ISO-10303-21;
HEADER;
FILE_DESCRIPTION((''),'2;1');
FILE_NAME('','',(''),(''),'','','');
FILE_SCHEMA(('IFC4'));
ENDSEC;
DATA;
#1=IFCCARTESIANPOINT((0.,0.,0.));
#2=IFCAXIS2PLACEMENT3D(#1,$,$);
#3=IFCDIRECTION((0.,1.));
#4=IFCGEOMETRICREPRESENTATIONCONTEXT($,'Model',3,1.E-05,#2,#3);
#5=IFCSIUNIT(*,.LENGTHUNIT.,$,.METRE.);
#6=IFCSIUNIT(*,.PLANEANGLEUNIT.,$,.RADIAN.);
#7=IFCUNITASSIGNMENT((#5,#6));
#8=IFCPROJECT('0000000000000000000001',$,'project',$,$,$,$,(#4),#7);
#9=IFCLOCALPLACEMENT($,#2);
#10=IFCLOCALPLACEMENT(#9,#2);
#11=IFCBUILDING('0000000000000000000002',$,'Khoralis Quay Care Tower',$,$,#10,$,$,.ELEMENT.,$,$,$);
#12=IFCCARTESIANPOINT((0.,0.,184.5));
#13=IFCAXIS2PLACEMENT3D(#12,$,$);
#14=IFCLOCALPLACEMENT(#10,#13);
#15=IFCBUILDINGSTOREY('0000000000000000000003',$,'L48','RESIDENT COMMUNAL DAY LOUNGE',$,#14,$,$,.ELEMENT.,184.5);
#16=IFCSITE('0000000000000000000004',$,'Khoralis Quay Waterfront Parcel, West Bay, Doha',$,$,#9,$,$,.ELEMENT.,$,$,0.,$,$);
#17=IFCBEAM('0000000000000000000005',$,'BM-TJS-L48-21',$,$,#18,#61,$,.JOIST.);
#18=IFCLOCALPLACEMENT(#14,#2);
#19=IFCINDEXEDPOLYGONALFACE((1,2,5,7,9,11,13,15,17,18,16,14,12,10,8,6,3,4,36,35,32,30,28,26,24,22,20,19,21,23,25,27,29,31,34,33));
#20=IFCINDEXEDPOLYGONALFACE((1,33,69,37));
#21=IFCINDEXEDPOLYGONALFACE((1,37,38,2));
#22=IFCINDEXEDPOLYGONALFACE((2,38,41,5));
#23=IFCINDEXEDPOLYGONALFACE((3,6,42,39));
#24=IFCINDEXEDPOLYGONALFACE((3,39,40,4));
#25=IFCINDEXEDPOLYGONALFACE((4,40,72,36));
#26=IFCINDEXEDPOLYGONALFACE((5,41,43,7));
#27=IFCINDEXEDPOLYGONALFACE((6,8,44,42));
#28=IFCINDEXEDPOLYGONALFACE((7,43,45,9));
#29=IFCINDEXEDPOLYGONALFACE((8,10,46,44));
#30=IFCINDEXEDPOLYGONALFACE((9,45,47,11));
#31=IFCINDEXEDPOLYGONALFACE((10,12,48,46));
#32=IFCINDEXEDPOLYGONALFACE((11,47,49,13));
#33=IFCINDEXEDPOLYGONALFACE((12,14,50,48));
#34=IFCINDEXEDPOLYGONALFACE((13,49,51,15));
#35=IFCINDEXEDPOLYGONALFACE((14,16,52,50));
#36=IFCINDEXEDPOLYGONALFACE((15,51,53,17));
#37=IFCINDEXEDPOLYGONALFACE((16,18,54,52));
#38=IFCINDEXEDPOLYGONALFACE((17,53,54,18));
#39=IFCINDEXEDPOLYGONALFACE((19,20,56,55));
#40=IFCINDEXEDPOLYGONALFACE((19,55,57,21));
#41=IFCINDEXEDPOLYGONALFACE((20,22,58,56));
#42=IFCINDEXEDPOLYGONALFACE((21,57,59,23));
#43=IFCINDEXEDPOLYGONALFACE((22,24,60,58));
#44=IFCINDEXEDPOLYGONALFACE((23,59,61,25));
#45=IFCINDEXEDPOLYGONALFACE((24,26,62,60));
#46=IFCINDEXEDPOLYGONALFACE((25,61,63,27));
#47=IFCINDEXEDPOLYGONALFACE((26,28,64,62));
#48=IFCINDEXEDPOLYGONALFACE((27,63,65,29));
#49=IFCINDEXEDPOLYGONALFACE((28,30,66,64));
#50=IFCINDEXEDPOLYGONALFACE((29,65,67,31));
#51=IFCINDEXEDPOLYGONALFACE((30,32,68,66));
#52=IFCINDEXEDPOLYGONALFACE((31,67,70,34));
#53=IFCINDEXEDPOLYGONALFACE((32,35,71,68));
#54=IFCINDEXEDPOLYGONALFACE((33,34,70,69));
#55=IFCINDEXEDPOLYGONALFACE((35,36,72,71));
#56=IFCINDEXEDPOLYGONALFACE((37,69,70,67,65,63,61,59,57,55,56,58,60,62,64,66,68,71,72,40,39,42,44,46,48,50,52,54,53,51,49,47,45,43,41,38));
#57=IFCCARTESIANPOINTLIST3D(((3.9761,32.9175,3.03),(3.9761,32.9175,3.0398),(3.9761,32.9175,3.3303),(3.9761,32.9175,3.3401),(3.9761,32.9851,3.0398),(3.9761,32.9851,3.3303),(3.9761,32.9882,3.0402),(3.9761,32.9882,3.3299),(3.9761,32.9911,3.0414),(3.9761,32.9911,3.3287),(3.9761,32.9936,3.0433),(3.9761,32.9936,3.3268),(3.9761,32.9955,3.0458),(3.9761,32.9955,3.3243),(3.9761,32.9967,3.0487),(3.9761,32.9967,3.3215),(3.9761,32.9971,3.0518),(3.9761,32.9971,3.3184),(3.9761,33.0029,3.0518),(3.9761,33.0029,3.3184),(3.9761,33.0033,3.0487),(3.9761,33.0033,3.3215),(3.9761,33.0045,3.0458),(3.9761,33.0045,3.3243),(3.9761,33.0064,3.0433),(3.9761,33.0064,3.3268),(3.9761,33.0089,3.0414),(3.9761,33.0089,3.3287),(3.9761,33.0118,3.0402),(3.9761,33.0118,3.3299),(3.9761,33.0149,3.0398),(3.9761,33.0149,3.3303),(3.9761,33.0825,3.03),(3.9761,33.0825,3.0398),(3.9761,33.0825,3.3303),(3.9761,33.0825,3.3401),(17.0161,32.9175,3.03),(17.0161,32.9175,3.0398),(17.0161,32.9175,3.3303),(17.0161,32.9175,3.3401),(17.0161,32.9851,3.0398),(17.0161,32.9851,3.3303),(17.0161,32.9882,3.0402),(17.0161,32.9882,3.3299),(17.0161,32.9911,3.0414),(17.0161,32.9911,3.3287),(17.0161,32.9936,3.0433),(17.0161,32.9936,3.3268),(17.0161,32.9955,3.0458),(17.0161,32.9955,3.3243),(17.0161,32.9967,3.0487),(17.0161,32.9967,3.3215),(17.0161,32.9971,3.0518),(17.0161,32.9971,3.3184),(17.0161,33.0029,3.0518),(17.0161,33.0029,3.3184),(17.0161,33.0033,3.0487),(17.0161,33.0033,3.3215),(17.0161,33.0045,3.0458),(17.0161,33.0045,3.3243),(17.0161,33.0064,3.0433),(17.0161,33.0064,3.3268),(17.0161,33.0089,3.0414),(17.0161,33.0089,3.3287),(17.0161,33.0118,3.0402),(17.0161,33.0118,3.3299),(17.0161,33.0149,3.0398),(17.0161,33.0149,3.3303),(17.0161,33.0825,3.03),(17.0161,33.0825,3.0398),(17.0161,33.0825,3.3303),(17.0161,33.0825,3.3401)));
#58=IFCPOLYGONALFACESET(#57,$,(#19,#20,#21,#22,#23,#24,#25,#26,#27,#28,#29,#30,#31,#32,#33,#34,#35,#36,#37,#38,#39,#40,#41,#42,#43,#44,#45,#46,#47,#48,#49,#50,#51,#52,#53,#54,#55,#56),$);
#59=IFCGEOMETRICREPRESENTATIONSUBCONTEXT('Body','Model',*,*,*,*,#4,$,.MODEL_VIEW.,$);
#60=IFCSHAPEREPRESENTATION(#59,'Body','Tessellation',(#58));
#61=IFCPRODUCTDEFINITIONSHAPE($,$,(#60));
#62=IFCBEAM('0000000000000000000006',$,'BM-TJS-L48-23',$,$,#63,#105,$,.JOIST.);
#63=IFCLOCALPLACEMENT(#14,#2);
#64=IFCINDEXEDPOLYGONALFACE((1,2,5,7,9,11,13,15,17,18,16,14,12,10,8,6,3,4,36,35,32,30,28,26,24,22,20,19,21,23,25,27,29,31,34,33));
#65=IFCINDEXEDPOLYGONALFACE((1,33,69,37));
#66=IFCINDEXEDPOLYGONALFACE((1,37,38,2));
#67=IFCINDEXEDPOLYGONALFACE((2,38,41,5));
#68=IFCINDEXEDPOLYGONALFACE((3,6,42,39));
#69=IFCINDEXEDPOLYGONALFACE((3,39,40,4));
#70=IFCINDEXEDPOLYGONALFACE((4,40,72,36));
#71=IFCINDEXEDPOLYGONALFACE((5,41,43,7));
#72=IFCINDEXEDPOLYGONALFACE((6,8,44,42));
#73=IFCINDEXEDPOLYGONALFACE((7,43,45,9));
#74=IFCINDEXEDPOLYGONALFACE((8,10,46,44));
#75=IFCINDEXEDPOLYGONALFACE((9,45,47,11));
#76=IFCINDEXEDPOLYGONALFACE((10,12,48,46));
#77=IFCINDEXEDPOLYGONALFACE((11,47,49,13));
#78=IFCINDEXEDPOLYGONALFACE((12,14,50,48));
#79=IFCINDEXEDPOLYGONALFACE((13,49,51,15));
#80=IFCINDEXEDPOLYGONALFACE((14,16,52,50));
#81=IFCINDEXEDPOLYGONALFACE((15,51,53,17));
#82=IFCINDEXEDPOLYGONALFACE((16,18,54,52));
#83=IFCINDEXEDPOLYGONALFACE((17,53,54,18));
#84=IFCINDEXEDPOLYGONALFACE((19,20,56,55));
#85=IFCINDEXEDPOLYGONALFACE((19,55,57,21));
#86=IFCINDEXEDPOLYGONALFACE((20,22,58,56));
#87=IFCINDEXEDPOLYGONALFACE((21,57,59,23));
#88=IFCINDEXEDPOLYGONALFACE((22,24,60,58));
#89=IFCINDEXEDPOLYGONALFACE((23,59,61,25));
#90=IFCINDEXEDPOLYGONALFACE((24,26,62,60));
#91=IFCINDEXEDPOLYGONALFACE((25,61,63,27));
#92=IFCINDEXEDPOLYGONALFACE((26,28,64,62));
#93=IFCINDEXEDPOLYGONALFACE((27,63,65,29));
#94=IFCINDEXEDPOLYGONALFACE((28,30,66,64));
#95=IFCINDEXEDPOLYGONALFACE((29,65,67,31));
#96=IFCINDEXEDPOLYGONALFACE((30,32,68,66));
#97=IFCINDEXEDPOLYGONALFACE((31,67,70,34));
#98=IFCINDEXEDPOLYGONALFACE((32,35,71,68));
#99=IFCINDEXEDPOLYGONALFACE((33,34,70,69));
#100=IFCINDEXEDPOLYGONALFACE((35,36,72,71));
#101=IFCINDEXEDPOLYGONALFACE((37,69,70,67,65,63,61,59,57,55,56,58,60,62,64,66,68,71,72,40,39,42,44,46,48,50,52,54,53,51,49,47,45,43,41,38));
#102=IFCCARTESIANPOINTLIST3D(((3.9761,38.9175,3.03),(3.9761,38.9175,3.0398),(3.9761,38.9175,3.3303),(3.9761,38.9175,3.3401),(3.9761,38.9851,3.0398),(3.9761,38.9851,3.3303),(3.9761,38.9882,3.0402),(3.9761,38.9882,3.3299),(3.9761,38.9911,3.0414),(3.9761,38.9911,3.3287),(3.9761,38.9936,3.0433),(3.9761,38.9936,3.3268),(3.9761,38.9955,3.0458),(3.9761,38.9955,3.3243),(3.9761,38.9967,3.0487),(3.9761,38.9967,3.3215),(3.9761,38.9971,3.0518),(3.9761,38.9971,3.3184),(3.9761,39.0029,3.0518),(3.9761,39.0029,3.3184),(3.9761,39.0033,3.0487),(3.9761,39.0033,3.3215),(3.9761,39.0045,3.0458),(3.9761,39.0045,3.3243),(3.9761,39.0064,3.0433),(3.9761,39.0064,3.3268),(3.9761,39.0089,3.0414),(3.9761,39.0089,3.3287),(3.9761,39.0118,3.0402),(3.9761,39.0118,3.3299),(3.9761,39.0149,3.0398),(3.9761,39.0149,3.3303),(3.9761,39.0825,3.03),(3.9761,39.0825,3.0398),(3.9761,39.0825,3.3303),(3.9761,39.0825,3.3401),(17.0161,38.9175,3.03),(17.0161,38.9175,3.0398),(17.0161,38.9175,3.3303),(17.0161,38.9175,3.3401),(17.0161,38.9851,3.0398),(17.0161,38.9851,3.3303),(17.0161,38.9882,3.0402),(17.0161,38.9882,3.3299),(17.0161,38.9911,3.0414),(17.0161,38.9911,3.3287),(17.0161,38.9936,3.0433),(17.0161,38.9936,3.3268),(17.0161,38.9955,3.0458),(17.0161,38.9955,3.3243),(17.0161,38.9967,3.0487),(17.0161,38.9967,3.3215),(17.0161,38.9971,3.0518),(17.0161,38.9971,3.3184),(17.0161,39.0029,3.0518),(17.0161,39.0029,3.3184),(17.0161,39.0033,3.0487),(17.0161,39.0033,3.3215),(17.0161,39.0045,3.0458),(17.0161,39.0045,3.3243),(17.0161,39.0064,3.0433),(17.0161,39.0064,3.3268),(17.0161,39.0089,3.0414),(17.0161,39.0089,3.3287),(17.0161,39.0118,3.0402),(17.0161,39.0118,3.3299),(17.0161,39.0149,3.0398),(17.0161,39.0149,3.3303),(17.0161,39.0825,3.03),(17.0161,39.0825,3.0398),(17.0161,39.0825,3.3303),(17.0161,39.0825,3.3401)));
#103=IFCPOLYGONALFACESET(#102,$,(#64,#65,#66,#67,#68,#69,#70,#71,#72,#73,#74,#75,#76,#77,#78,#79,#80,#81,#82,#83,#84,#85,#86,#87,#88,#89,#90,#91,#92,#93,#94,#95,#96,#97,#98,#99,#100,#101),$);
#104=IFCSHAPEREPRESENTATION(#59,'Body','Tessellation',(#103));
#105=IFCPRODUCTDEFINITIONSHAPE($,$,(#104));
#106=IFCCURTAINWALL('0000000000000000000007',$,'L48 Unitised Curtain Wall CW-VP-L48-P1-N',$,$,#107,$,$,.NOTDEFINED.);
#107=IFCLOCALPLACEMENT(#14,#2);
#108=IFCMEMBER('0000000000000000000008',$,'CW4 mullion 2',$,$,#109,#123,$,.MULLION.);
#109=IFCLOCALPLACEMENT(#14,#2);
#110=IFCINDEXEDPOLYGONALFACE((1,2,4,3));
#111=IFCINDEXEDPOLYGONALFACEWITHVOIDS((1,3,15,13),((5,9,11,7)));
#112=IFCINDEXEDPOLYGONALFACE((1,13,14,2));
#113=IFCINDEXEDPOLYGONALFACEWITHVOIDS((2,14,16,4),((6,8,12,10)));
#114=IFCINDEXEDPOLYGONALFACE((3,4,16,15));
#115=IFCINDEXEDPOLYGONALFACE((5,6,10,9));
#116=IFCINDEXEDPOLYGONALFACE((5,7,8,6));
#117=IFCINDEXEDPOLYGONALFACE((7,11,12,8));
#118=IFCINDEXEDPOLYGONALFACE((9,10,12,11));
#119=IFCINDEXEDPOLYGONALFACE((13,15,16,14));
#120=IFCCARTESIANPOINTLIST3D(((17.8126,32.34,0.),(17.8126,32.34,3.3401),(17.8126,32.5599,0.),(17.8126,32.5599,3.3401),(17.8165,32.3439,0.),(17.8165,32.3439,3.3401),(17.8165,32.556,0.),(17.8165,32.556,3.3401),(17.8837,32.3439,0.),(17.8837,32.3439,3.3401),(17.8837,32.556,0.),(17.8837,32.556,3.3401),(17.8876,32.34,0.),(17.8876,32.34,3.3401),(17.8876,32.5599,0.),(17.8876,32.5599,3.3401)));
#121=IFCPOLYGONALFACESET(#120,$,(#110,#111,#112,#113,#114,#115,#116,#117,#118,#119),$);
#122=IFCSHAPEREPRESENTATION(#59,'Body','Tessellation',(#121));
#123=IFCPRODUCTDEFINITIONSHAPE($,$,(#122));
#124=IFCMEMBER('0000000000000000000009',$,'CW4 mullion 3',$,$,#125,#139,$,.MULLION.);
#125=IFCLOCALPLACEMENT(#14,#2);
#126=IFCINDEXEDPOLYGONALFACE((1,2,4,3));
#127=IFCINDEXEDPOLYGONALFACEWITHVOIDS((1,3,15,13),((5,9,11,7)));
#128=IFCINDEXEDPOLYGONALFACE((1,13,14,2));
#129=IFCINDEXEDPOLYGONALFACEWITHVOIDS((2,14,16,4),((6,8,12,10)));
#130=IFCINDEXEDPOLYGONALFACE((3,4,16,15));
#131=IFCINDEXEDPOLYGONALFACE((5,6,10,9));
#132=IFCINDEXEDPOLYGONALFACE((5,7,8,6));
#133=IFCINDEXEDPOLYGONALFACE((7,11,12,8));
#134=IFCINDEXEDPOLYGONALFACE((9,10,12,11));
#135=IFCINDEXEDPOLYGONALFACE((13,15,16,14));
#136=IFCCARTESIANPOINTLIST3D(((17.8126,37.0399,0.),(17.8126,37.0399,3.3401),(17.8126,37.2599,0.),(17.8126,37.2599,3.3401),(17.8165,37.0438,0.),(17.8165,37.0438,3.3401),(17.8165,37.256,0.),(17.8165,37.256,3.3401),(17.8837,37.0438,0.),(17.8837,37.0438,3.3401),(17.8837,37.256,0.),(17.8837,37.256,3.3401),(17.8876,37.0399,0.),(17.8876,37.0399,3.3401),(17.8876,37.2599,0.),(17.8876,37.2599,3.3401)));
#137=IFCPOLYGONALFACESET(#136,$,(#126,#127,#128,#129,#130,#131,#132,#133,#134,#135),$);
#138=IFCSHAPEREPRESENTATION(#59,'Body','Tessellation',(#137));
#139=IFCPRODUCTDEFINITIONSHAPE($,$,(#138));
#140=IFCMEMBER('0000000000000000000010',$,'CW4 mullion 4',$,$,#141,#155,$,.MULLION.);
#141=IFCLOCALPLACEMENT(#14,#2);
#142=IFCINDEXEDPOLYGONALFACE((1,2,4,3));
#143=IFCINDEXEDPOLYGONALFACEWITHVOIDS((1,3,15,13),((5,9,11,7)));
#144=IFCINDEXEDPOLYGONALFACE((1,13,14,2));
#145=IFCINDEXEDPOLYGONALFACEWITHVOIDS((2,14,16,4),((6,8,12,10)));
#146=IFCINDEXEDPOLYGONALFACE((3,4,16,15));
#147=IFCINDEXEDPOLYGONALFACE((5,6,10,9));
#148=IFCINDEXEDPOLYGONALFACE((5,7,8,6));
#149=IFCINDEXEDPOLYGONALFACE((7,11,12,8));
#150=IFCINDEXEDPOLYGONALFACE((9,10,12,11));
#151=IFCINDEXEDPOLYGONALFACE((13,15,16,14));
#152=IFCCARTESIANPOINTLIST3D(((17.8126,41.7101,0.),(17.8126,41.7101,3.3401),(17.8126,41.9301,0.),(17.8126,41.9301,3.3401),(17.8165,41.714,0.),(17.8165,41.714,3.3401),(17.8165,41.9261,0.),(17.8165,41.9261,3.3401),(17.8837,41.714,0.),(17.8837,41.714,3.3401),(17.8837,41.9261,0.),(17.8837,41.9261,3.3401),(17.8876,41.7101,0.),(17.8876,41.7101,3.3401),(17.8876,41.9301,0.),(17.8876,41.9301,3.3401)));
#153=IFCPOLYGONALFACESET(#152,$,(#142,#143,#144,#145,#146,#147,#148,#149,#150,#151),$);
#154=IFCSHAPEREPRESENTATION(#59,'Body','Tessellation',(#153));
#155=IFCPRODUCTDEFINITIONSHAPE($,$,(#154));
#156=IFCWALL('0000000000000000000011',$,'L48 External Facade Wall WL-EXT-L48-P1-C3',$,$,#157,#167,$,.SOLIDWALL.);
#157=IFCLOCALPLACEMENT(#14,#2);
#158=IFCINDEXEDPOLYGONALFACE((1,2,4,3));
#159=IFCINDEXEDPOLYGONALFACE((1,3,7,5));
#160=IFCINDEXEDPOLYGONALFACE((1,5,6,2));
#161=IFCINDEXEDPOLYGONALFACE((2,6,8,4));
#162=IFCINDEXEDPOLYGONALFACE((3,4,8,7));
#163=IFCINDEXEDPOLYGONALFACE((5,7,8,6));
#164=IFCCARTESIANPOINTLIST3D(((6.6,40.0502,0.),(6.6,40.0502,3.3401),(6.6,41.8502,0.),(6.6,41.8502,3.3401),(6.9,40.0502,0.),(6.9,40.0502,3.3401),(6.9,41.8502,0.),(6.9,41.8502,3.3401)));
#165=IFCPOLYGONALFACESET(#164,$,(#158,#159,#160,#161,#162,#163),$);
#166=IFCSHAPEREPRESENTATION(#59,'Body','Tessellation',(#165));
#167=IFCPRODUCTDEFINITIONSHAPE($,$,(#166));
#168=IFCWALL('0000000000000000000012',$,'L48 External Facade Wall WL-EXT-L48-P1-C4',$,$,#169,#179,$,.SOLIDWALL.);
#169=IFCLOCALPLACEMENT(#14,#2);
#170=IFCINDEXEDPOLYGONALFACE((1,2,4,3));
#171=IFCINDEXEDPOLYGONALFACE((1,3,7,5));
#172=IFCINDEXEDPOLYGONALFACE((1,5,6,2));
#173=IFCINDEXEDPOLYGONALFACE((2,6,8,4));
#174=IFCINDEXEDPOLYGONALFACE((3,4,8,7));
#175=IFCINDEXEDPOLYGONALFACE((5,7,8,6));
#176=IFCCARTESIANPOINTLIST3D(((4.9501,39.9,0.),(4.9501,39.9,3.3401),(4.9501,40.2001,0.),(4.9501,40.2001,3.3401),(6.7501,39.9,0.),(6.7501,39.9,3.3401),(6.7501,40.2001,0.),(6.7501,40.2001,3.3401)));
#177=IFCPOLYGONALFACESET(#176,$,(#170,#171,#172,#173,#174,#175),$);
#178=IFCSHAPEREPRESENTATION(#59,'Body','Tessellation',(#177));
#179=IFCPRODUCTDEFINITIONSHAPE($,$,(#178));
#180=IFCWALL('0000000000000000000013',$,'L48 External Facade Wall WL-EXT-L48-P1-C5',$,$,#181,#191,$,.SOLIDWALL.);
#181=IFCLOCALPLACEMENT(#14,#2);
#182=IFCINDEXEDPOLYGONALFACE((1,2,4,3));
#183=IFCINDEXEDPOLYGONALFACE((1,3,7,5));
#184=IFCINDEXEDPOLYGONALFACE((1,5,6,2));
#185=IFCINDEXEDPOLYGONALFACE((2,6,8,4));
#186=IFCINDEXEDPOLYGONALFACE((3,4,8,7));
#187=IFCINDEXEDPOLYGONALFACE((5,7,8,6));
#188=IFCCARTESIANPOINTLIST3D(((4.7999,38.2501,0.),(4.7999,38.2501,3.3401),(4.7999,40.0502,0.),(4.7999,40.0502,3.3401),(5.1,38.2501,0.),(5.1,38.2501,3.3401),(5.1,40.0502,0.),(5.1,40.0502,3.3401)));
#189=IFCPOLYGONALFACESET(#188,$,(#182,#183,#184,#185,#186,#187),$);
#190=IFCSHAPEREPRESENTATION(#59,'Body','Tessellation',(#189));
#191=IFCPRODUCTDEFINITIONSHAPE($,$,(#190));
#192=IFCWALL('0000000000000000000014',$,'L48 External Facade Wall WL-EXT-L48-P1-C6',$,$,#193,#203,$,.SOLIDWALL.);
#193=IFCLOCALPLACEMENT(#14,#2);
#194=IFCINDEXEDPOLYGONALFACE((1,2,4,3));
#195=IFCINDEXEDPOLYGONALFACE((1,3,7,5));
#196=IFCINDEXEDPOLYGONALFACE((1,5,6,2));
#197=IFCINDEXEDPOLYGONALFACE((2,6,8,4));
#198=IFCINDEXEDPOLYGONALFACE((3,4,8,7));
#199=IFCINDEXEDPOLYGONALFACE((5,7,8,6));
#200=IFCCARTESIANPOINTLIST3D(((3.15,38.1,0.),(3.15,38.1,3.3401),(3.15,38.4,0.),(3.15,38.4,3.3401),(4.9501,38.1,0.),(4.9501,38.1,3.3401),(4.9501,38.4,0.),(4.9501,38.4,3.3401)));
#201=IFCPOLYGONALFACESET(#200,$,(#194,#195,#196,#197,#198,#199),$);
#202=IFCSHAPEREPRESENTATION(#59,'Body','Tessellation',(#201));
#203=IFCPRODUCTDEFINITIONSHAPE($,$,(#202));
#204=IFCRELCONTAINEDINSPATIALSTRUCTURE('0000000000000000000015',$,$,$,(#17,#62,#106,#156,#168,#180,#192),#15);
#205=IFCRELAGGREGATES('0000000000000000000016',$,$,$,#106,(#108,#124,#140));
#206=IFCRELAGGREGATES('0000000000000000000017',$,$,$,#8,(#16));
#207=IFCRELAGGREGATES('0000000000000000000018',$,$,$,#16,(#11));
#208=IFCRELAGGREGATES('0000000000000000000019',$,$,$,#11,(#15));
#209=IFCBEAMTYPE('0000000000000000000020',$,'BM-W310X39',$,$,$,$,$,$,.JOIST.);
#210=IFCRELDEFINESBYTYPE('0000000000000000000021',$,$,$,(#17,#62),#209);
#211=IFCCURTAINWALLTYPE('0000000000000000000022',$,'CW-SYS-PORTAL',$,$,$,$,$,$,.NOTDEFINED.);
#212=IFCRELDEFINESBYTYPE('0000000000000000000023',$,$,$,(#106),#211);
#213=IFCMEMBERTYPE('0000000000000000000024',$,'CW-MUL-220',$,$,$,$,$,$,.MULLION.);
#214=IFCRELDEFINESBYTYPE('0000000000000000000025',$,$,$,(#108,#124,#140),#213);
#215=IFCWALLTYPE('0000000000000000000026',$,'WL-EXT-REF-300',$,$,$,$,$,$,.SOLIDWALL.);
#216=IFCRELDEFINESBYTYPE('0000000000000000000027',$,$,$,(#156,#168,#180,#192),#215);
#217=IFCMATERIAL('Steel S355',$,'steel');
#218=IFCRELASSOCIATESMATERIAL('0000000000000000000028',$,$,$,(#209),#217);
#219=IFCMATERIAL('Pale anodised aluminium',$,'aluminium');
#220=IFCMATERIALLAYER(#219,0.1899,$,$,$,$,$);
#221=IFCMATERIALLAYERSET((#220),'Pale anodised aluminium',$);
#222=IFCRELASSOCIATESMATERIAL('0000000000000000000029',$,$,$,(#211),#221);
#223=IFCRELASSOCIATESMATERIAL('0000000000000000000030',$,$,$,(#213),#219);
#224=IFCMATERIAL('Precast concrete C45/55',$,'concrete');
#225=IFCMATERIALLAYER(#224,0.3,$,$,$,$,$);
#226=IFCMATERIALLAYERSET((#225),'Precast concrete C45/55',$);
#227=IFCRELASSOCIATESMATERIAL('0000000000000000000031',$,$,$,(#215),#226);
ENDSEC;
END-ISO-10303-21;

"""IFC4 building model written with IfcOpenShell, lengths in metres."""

from ifc_helpers import new_model, si_unit, direction, frame, frame_2d, origin, origin_2d, place, context, subcontext, project, spatial, rectangle, hollow_rectangle, i_section, extrude, source, transform, mapped, material, layer, layer_set, material_profile, profile_set, type_object, element, aggregate, save


model = new_model("IFC4")

# Units and contexts
model_context = context("Model", 3, precision=1e-05, world=origin(), true_north=direction((0.0, 1.0)))
body_context = subcontext(model_context, "Body", "Model", "MODEL_VIEW")
ifc_project = project(units=[si_unit("LENGTHUNIT", "METRE"), si_unit("PLANEANGLEUNIT", "RADIAN")], contexts=[model_context])

# Site, building, storey
site_placement = place(None, origin())
site = spatial("IfcSite", under=ifc_project, at=site_placement, Name="Khoralis Quay Waterfront Parcel, West Bay, Doha", CompositionType="ELEMENT", RefElevation=0.0)
building_placement = place(site_placement, origin())
building = spatial("IfcBuilding", under=site, at=building_placement, Name="Khoralis Quay Care Tower", CompositionType="ELEMENT")
storey_placement = place(building_placement, frame((0.0, 0.0, 184.5)))
storey = spatial("IfcBuildingStorey", under=building, at=storey_placement, Name="L48", Description="RESIDENT COMMUNAL DAY LOUNGE", CompositionType="ELEMENT", Elevation=184.5)

# Beams
ifc_material_1 = material(Name="Steel S355", Category="steel")
ifc_material_profile_1 = material_profile(ifc_material_1, i_section(OverallWidth=0.165, OverallDepth=0.3101, WebThickness=0.0059, FlangeThickness=0.0098, FilletRadius=0.012, at=origin_2d()), Name="Steel S355")
ifc_profile_set_1 = profile_set([ifc_material_profile_1], Name="Steel S355")
beam_type_1 = type_object("IfcBeamType", Name="BM-W310X39", PredefinedType="JOIST", material=ifc_profile_set_1)
shared_shape_1 = source(origin(), body_context, "Body", "SweptSolid", [
    extrude(i_section(OverallWidth=0.165, OverallDepth=0.3101, WebThickness=0.0059, FlangeThickness=0.0098, FilletRadius=0.012, at=origin_2d()), origin(), (0.0, 0.0, 1.0), 13.04),
])
for number, where, z_axis, x_axis, name in (
    (1, (3.9761, 33.0, 3.1851), (1.0, 0.0, 0.0), (0.0, 1.0, 0.0), "BM-TJS-L48-21"),
    (2, (3.9761, 39.0, 3.1851), (1.0, 0.0, 0.0), (0.0, 1.0, 0.0), "BM-TJS-L48-23"),
):
    element("IfcBeam", number, at=place(storey_placement, frame(where, z_axis=z_axis, x_axis=x_axis)), inside=storey, type_object=beam_type_1, Name=name, PredefinedType="JOIST", context=body_context, shape_type="MappedRepresentation", body=[
        mapped(shared_shape_1, transform((0.0, 0.0, 0.0), scale=1.0)),
    ])

# Curtain wall, members
ifc_material_2 = material(Name="Pale anodised aluminium", Category="aluminium")
ifc_layer_1 = layer(ifc_material_2, 0.1899)
ifc_layer_set_1 = layer_set([ifc_layer_1], Name="Pale anodised aluminium")
curtain_wall_type = type_object("IfcCurtainWallType", Name="CW-SYS-PORTAL", PredefinedType="NOTDEFINED", material=ifc_layer_set_1)
curtain_wall_placement = place(storey_placement, origin())
curtain_wall = element("IfcCurtainWall", 3, at=curtain_wall_placement, inside=storey, type_object=curtain_wall_type, Name="L48 Unitised Curtain Wall CW-VP-L48-P1-N", PredefinedType="NOTDEFINED")
ifc_material_profile_2 = material_profile(ifc_material_2, hollow_rectangle(XDim=0.075, YDim=0.22, WallThickness=0.0039, at=origin_2d()), Name="Pale anodised aluminium")
ifc_profile_set_2 = profile_set([ifc_material_profile_2], Name="Pale anodised aluminium")
member_type = type_object("IfcMemberType", Name="CW-MUL-220", PredefinedType="MULLION", material=ifc_profile_set_2)
shared_shape_2 = source(origin(), body_context, "Body", "SweptSolid", [
    extrude(hollow_rectangle(XDim=0.075, YDim=0.22, WallThickness=0.0039, at=origin_2d()), origin(), (0.0, 0.0, 1.0), 3.3401),
])
member_1_placement = place(storey_placement, frame((17.8501, 32.45, 0.0), z_axis=(0.0, 0.0, 1.0), x_axis=(-1.0, 0.0, 0.0)))
member_1 = element("IfcMember", 4, at=member_1_placement, type_object=member_type, Name="CW4 mullion 2", PredefinedType="MULLION", context=body_context, shape_type="MappedRepresentation", body=[
    mapped(shared_shape_2, transform((0.0, 0.0, 0.0), scale=1.0)),
])
member_2_placement = place(storey_placement, frame((17.8501, 37.1499, 0.0), z_axis=(0.0, 0.0, 1.0), x_axis=(-1.0, 0.0, 0.0)))
member_2 = element("IfcMember", 5, at=member_2_placement, type_object=member_type, Name="CW4 mullion 3", PredefinedType="MULLION", context=body_context, shape_type="MappedRepresentation", body=[
    mapped(shared_shape_2, transform((0.0, 0.0, 0.0), scale=1.0)),
])
member_3_placement = place(storey_placement, frame((17.8501, 41.8201, 0.0), z_axis=(0.0, 0.0, 1.0), x_axis=(-1.0, 0.0, 0.0)))
member_3 = element("IfcMember", 6, at=member_3_placement, type_object=member_type, Name="CW4 mullion 4", PredefinedType="MULLION", context=body_context, shape_type="MappedRepresentation", body=[
    mapped(shared_shape_2, transform((0.0, 0.0, 0.0), scale=1.0)),
])
aggregate(curtain_wall, [member_1, member_2, member_3])

# Walls
ifc_material_3 = material(Name="Precast concrete C45/55", Category="concrete")
ifc_layer_2 = layer(ifc_material_3, 0.3)
ifc_layer_set_2 = layer_set([ifc_layer_2], Name="Precast concrete C45/55")
wall_type_1 = type_object("IfcWallType", Name="WL-EXT-REF-300", PredefinedType="SOLIDWALL", material=ifc_layer_set_2)
for number, where, z_axis, x_axis, name in (
    (7, (6.75, 41.8501, 0.0), (0.0, 0.0, 1.0), (0.0, -1.0, 0.0), "L48 External Facade Wall WL-EXT-L48-P1-C3"),
    (8, (6.75, 40.05, 0.0), (0.0, 0.0, 1.0), (-1.0, 0.0, 0.0), "L48 External Facade Wall WL-EXT-L48-P1-C4"),
    (9, (4.95, 40.05, 0.0), (0.0, 0.0, 1.0), (0.0, -1.0, 0.0), "L48 External Facade Wall WL-EXT-L48-P1-C5"),
    (10, (4.95, 38.25, 0.0), (0.0, 0.0, 1.0), (-1.0, 0.0, 0.0), "L48 External Facade Wall WL-EXT-L48-P1-C6"),
):
    element("IfcWall", number, at=place(storey_placement, frame(where, z_axis=z_axis, x_axis=x_axis)), inside=storey, type_object=wall_type_1, Name=name, PredefinedType="SOLIDWALL", context=body_context, shape_type="SweptSolid", body=[
        extrude(rectangle(XDim=1.8, YDim=0.3, at=frame_2d((0.8999, 0.0))), origin(), (0.0, 0.0, 1.0), 3.3401),
    ])

save(model, "model.ifc")
